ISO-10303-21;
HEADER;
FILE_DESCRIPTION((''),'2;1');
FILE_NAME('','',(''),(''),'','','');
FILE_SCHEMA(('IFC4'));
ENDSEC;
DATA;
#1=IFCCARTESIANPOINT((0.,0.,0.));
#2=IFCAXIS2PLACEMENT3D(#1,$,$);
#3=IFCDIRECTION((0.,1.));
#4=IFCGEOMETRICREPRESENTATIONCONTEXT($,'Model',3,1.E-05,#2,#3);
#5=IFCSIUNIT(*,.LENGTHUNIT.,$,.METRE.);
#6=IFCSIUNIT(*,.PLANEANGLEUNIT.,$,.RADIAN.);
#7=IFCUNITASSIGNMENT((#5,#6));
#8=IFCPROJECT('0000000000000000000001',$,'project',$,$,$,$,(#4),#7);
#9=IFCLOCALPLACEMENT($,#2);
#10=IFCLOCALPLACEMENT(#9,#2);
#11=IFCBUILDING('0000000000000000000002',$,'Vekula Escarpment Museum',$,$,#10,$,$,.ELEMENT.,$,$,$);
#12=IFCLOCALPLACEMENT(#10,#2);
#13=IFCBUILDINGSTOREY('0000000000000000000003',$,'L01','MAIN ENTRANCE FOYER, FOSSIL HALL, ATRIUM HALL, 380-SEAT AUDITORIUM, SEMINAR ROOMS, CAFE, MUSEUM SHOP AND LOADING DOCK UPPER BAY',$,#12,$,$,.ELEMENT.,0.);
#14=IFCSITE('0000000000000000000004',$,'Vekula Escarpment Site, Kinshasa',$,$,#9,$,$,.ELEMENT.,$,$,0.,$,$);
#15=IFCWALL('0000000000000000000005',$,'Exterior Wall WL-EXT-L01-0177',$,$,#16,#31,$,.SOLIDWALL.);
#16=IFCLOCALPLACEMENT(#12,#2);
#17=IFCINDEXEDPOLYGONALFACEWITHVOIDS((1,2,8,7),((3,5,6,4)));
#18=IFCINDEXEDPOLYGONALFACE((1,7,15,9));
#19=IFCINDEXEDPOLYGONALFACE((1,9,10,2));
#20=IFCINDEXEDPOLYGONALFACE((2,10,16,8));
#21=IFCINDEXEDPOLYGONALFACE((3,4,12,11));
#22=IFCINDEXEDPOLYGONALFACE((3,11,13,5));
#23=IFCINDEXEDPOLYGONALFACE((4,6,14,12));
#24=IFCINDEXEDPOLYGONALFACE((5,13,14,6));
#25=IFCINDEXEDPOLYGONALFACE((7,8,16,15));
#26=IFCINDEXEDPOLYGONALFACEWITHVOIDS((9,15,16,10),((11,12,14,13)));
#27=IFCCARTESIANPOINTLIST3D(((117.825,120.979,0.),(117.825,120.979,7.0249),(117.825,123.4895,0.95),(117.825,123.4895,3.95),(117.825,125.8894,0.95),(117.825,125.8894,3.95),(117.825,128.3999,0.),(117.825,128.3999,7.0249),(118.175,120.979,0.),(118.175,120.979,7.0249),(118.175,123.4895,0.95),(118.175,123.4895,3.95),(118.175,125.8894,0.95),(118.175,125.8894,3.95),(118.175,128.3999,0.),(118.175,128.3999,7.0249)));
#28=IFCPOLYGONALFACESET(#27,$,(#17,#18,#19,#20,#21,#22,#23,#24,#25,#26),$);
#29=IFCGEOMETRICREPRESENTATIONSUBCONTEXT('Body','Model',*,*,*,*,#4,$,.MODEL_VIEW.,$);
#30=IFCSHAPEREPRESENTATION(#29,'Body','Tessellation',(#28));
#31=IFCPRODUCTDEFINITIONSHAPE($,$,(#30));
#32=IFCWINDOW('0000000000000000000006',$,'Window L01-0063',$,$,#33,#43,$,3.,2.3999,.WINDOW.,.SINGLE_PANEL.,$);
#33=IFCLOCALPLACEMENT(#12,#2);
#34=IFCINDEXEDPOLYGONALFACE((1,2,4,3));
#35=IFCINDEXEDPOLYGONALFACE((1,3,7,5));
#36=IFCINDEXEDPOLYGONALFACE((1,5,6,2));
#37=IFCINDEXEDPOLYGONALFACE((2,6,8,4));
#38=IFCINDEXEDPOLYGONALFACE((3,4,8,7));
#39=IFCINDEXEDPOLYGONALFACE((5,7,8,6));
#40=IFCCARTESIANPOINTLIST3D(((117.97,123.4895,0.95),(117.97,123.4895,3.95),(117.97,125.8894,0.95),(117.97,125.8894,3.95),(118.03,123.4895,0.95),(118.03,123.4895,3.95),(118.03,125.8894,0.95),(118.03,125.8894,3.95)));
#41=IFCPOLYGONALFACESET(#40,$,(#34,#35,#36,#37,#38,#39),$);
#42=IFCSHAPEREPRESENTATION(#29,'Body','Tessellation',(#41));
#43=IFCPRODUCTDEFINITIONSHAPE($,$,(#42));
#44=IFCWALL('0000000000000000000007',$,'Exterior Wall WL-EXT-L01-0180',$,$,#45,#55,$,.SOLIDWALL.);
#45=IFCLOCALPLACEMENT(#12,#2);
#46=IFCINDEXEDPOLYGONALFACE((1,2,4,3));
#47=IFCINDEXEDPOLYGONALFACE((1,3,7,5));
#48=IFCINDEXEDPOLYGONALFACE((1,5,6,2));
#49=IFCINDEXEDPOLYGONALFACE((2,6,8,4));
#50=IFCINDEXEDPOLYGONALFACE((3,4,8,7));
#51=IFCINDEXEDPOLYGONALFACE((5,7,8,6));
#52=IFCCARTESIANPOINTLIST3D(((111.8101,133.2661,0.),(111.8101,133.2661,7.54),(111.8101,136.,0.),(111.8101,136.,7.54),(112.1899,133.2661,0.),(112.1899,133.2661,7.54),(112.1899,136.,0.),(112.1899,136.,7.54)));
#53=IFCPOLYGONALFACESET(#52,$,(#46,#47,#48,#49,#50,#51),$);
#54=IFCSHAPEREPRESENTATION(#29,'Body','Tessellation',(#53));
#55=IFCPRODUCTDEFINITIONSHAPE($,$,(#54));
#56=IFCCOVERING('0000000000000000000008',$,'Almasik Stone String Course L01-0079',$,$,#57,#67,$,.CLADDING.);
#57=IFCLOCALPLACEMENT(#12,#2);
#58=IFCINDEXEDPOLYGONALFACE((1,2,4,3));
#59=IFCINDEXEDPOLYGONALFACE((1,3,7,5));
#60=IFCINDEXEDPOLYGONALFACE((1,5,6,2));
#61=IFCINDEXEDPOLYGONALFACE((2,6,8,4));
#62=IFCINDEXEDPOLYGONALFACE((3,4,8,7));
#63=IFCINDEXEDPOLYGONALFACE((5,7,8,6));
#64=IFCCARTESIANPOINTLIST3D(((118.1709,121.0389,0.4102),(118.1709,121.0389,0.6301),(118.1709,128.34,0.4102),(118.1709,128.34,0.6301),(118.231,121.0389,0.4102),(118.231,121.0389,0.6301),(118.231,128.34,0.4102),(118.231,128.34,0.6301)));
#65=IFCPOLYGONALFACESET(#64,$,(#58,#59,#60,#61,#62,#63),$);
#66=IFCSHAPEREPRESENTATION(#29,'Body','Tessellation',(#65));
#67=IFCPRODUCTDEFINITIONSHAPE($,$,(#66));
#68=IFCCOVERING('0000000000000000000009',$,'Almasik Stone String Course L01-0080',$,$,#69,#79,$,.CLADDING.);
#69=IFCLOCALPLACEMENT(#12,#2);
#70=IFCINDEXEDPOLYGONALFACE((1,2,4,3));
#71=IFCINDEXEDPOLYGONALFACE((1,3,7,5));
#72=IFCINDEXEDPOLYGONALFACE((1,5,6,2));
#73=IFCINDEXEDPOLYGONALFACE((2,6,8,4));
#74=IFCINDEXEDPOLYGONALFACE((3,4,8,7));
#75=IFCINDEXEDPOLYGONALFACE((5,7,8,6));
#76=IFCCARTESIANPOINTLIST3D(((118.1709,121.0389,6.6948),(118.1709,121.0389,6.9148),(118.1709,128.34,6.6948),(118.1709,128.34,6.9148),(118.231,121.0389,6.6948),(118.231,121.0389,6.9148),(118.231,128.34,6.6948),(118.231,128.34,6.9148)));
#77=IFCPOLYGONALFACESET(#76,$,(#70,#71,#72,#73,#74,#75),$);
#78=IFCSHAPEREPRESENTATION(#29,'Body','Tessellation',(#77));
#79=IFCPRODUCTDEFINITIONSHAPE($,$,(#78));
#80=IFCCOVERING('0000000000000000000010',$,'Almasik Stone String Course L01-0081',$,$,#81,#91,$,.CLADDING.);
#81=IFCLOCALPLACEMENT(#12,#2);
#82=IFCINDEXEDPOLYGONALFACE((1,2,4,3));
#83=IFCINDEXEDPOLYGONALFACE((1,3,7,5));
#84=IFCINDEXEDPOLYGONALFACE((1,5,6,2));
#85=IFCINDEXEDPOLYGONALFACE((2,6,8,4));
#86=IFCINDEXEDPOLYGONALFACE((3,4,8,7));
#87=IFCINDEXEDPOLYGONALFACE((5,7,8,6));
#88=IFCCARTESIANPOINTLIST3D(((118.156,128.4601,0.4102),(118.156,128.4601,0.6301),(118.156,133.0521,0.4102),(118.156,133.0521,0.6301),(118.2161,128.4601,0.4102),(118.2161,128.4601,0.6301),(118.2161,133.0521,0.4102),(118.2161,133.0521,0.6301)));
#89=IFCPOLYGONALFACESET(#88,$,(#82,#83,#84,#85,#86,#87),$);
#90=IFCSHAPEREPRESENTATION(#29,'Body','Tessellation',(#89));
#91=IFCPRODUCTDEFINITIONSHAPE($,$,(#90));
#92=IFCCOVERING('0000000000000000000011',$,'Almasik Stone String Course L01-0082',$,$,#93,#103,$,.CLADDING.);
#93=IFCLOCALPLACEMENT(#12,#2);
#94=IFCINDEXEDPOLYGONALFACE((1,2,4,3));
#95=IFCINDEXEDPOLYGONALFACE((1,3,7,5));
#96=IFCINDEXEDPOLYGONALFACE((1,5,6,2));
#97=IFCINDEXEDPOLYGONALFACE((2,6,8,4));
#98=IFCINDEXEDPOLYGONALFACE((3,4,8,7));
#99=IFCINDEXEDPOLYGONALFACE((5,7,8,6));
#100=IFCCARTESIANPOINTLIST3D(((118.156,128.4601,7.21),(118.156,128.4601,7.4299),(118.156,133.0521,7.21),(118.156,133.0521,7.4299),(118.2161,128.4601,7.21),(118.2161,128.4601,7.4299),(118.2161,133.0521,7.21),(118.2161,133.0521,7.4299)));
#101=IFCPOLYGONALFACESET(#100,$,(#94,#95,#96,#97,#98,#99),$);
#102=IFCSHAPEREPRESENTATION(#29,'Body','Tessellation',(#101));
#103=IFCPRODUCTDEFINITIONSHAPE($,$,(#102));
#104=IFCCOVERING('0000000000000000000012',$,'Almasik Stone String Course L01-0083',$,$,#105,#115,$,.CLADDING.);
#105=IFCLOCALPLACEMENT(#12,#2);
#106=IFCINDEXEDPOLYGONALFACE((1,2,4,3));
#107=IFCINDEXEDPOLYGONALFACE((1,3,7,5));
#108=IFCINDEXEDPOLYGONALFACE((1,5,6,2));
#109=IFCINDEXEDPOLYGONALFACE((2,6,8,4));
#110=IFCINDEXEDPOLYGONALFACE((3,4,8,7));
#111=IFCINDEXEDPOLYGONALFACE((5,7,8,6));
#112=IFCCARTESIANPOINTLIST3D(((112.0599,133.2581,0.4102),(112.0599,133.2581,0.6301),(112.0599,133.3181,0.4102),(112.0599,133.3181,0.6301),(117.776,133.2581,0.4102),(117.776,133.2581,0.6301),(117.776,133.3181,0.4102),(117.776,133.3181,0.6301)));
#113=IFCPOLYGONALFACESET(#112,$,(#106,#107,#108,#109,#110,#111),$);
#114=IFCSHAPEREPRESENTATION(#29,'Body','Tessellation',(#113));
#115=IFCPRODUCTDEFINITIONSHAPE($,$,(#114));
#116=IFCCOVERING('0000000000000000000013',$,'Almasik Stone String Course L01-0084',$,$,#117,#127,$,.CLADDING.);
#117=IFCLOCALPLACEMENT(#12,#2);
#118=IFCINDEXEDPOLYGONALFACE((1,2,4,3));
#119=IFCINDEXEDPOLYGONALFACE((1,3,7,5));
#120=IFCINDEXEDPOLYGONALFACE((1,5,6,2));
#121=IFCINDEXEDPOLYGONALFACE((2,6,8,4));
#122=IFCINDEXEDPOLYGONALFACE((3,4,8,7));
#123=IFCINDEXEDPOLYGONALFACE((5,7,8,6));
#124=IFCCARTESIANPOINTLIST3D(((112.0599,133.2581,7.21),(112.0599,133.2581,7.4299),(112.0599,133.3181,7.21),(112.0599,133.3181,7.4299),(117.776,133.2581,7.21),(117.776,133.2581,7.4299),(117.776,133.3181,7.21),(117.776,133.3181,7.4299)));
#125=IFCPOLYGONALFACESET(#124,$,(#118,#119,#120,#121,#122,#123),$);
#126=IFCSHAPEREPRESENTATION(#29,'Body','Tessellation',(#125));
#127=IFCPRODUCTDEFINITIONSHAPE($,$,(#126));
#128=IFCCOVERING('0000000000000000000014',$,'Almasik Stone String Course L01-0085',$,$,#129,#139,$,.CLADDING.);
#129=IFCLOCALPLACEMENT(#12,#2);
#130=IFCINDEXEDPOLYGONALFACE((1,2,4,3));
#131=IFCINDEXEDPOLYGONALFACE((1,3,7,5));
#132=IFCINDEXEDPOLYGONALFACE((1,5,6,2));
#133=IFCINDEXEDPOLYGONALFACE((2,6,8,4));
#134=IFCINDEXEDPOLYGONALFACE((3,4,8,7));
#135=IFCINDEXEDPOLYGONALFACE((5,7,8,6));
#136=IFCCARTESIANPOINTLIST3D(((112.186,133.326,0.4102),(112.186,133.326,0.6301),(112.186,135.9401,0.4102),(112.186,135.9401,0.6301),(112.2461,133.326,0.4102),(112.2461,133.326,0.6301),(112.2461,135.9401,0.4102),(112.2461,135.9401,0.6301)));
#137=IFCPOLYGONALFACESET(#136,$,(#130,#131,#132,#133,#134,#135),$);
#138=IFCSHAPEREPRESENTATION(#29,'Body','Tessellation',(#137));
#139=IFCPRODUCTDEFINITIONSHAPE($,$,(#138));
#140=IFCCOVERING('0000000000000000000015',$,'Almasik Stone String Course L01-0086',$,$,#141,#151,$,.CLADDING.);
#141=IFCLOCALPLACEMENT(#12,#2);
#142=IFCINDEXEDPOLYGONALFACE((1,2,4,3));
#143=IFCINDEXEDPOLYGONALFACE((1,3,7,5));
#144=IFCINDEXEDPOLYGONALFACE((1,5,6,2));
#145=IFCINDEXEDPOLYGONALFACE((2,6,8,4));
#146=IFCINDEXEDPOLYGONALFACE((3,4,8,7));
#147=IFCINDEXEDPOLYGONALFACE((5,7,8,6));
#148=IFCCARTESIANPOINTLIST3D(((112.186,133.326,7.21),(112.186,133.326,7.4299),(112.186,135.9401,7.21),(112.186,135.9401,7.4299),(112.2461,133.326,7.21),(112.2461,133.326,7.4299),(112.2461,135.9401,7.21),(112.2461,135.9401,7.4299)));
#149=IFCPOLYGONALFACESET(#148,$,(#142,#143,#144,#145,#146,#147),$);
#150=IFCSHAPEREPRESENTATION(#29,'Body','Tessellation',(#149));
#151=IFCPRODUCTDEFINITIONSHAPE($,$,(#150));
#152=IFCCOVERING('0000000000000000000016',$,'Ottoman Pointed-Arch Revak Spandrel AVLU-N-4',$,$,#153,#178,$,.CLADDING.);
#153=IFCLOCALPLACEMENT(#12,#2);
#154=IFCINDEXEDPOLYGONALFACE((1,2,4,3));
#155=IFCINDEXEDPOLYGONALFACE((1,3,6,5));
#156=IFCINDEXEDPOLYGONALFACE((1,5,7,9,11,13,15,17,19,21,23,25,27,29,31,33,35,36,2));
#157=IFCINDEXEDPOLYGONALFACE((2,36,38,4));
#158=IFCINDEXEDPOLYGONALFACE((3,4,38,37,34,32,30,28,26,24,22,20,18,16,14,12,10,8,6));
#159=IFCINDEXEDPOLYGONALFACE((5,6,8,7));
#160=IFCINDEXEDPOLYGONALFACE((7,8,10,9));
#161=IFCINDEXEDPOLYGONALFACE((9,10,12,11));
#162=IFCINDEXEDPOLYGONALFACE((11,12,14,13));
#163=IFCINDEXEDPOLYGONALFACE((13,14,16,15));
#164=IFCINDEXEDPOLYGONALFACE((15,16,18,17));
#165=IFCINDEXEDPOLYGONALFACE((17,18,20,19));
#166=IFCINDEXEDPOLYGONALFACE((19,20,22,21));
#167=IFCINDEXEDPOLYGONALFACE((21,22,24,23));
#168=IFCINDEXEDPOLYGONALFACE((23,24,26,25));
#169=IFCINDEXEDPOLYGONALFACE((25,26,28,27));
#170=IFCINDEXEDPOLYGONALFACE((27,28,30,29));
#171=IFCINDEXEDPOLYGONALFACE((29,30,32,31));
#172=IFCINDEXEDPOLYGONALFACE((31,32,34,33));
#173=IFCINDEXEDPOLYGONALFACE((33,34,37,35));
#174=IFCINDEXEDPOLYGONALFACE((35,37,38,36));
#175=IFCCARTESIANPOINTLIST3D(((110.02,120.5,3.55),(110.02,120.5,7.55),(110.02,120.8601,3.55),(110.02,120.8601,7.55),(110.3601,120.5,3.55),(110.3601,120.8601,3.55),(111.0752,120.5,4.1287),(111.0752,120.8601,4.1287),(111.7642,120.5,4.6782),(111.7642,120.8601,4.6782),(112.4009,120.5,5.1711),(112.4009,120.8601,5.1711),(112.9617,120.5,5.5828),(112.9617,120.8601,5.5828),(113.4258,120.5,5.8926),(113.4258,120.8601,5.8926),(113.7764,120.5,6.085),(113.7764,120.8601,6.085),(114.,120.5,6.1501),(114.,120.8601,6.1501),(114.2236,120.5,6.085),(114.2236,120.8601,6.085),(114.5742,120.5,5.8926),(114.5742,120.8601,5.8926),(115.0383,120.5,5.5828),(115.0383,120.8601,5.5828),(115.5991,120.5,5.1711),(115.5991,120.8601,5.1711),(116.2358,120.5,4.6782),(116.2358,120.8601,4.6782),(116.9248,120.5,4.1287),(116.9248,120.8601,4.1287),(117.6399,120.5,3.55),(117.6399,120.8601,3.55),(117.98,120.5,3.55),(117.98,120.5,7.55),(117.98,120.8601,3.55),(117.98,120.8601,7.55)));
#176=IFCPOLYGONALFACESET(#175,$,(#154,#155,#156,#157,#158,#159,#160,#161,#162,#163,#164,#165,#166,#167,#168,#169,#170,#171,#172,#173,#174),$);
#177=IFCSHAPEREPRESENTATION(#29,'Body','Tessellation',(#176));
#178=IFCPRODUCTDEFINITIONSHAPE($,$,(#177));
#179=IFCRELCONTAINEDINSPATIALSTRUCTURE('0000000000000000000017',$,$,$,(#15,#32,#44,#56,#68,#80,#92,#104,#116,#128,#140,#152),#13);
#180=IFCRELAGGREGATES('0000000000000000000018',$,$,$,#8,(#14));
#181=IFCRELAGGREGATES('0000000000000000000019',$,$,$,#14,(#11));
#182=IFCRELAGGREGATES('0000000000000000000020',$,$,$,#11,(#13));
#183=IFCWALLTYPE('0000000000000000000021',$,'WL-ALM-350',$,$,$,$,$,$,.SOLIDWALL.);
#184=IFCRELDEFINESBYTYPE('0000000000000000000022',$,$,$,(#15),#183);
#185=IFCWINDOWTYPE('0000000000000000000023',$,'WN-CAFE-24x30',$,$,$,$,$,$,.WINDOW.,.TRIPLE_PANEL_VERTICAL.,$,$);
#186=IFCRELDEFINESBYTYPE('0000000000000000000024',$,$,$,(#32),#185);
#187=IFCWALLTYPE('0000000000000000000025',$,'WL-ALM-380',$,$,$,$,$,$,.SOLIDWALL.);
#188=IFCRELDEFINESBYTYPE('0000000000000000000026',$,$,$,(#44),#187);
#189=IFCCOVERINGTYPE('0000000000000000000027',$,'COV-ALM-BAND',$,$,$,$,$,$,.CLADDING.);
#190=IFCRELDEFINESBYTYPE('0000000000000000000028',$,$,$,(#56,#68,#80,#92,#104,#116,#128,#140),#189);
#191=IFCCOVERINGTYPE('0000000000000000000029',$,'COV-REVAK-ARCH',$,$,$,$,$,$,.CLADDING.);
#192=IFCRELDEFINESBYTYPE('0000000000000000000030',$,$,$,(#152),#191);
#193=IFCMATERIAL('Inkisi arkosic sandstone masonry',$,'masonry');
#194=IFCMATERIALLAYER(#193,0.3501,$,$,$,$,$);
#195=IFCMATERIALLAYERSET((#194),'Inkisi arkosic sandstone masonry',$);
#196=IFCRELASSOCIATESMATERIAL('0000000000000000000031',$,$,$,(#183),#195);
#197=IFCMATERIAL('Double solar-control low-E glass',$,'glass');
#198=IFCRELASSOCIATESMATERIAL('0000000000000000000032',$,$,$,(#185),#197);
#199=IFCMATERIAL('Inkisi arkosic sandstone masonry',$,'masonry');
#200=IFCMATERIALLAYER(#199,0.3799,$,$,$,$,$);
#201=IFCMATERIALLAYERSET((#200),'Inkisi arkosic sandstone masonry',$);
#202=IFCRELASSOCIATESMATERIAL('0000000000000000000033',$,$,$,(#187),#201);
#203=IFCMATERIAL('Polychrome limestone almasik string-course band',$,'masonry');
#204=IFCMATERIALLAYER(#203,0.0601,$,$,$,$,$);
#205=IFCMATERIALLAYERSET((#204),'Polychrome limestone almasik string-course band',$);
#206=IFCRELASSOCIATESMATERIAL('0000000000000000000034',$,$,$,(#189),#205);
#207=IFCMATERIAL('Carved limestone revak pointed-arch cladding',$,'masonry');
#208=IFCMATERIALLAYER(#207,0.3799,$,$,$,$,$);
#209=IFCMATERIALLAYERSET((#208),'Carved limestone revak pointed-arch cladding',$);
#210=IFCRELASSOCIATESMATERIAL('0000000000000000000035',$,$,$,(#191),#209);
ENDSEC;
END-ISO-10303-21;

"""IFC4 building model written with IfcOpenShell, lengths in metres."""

from ifc_helpers import new_model, si_unit, direction, frame, frame_2d, origin, origin_2d, place, context, subcontext, project, spatial, polyline, rectangle, outline, extrude, material, layer, layer_set, type_object, element, fill, save


model = new_model("IFC4")

# Units and contexts
model_context = context("Model", 3, precision=1e-05, world=origin(), true_north=direction((0.0, 1.0)))
body_context = subcontext(model_context, "Body", "Model", "MODEL_VIEW")
ifc_project = project(units=[si_unit("LENGTHUNIT", "METRE"), si_unit("PLANEANGLEUNIT", "RADIAN")], contexts=[model_context])

# Site, building, storey
site_placement = place(None, origin())
site = spatial("IfcSite", under=ifc_project, at=site_placement, Name="Vekula Escarpment Site, Kinshasa", CompositionType="ELEMENT", RefElevation=0.0)
building_placement = place(site_placement, origin())
building = spatial("IfcBuilding", under=site, at=building_placement, Name="Vekula Escarpment Museum", CompositionType="ELEMENT")
storey_placement = place(building_placement, origin())
storey = spatial("IfcBuildingStorey", under=building, at=storey_placement, Name="L01", Description="MAIN ENTRANCE FOYER, FOSSIL HALL, ATRIUM HALL, 380-SEAT AUDITORIUM, SEMINAR ROOMS, CAFE, MUSEUM SHOP AND LOADING DOCK UPPER BAY", CompositionType="ELEMENT", Elevation=0.0)

# Wall, opening, window
ifc_material_1 = material(Name="Inkisi arkosic sandstone masonry", Category="masonry")
ifc_layer_1 = layer(ifc_material_1, 0.3501)
ifc_layer_set_1 = layer_set([ifc_layer_1], Name="Inkisi arkosic sandstone masonry")
wall_type_1 = type_object("IfcWallType", Name="WL-ALM-350", PredefinedType="SOLIDWALL", material=ifc_layer_set_1)
wall_1_placement = place(storey_placement, frame((118.0, 128.3999, 0.0), z_axis=(0.0, 0.0, 1.0), x_axis=(0.0, -1.0, 0.0)))
wall_1 = element("IfcWall", 1, at=wall_1_placement, inside=storey, type_object=wall_type_1, Name="Exterior Wall WL-EXT-L01-0177", PredefinedType="SOLIDWALL", context=body_context, shape_type="SweptSolid", body=[
    extrude(rectangle(XDim=7.4209, YDim=0.3501, at=frame_2d((3.7104, 0.0))), origin(), (0.0, 0.0, 1.0), 7.0249),
])
opening_1_placement = place(wall_1_placement, frame((2.5105, 0.0, 0.95)))
opening_1 = element("IfcOpeningElement", 2, at=opening_1_placement, cuts=wall_1, PredefinedType="OPENING", context=body_context, shape_type="SweptSolid", body=[
    extrude(rectangle(XDim=2.3999, YDim=3.0, at=frame_2d((1.2, 1.5))), frame((0.0, 0.1851, 0.0), z_axis=(0.0, -1.0, 0.0), x_axis=(1.0, 0.0, 0.0)), (0.0, 0.0, 1.0), 0.3701),
])
ifc_material_2 = material(Name="Double solar-control low-E glass", Category="glass")
window_type_1 = type_object("IfcWindowType", Name="WN-CAFE-24x30", PartitioningType="TRIPLE_PANEL_VERTICAL", PredefinedType="WINDOW", material=ifc_material_2)
window_1_placement = place(opening_1_placement, origin())
window_1 = element("IfcWindow", 3, at=window_1_placement, inside=storey, type_object=window_type_1, Name="Window L01-0063", OverallHeight=3.0, OverallWidth=2.3999, PartitioningType="SINGLE_PANEL", PredefinedType="WINDOW", context=body_context, shape_type="SweptSolid", body=[
    extrude(rectangle(XDim=2.3999, YDim=3.0, at=frame_2d((1.2, 1.5))), frame((0.0, 0.03, 0.0), z_axis=(0.0, -1.0, 0.0), x_axis=(1.0, 0.0, 0.0)), (0.0, 0.0, 1.0), 0.0601),
])
fill(opening_1, window_1)

# Wall
ifc_material_3 = material(Name="Inkisi arkosic sandstone masonry", Category="masonry")
ifc_layer_2 = layer(ifc_material_3, 0.3799)
ifc_layer_set_2 = layer_set([ifc_layer_2], Name="Inkisi arkosic sandstone masonry")
wall_type_2 = type_object("IfcWallType", Name="WL-ALM-380", PredefinedType="SOLIDWALL", material=ifc_layer_set_2)
wall_2_placement = place(storey_placement, frame((112.0, 136.0, 0.0), z_axis=(0.0, 0.0, 1.0), x_axis=(0.0, -1.0, 0.0)))
element("IfcWall", 4, at=wall_2_placement, inside=storey, type_object=wall_type_2, Name="Exterior Wall WL-EXT-L01-0180", PredefinedType="SOLIDWALL", context=body_context, shape_type="SweptSolid", body=[
    extrude(rectangle(XDim=2.7339, YDim=0.3799, at=frame_2d((1.3669, 0.0))), origin(), (0.0, 0.0, 1.0), 7.54),
])

# Coverings
ifc_material_4 = material(Name="Polychrome limestone almasik string-course band", Category="masonry")
ifc_layer_3 = layer(ifc_material_4, 0.0601)
ifc_layer_set_3 = layer_set([ifc_layer_3], Name="Polychrome limestone almasik string-course band")
covering_type_1 = type_object("IfcCoveringType", Name="COV-ALM-BAND", PredefinedType="CLADDING", material=ifc_layer_set_3)
for number, where, z_axis, x_axis, name in (
    (5, (118.2009, 124.6895, 0.4102), (0.0, 0.0, 1.0), (0.0, 1.0, 0.0), "Almasik Stone String Course L01-0079"),
    (6, (118.2009, 124.6895, 6.6948), (0.0, 0.0, 1.0), (0.0, 1.0, 0.0), "Almasik Stone String Course L01-0080"),
):
    element("IfcCovering", number, at=place(storey_placement, frame(where, z_axis=z_axis, x_axis=x_axis)), inside=storey, type_object=covering_type_1, Name=name, PredefinedType="CLADDING", context=body_context, shape_type="SweptSolid", body=[
        extrude(rectangle(XDim=7.301, YDim=0.0601, at=origin_2d()), origin(), (0.0, 0.0, 1.0), 0.22),
    ])
for number, where, z_axis, x_axis, name in (
    (7, (118.186, 130.7561, 0.4102), (0.0, 0.0, 1.0), (0.0, 1.0, 0.0), "Almasik Stone String Course L01-0081"),
    (8, (118.186, 130.7561, 7.21), (0.0, 0.0, 1.0), (0.0, 1.0, 0.0), "Almasik Stone String Course L01-0082"),
):
    element("IfcCovering", number, at=place(storey_placement, frame(where, z_axis=z_axis, x_axis=x_axis)), inside=storey, type_object=covering_type_1, Name=name, PredefinedType="CLADDING", context=body_context, shape_type="SweptSolid", body=[
        extrude(rectangle(XDim=4.592, YDim=0.0601, at=origin_2d()), origin(), (0.0, 0.0, 1.0), 0.22),
    ])
for number, where, z_axis, x_axis, name in (
    (9, (114.918, 133.2881, 0.4102), (0.0, 0.0, 1.0), (1.0, 0.0, 0.0), "Almasik Stone String Course L01-0083"),
    (10, (114.918, 133.2881, 7.21), (0.0, 0.0, 1.0), (1.0, 0.0, 0.0), "Almasik Stone String Course L01-0084"),
):
    element("IfcCovering", number, at=place(storey_placement, frame(where, z_axis=z_axis, x_axis=x_axis)), inside=storey, type_object=covering_type_1, Name=name, PredefinedType="CLADDING", context=body_context, shape_type="SweptSolid", body=[
        extrude(rectangle(XDim=5.7161, YDim=0.0601, at=origin_2d()), origin(), (0.0, 0.0, 1.0), 0.22),
    ])
for number, where, z_axis, x_axis, name in (
    (11, (112.2161, 134.6331, 0.4102), (0.0, 0.0, 1.0), (0.0, 1.0, 0.0), "Almasik Stone String Course L01-0085"),
    (12, (112.2161, 134.6331, 7.21), (0.0, 0.0, 1.0), (0.0, 1.0, 0.0), "Almasik Stone String Course L01-0086"),
):
    element("IfcCovering", number, at=place(storey_placement, frame(where, z_axis=z_axis, x_axis=x_axis)), inside=storey, type_object=covering_type_1, Name=name, PredefinedType="CLADDING", context=body_context, shape_type="SweptSolid", body=[
        extrude(rectangle(XDim=2.614, YDim=0.0601, at=origin_2d()), origin(), (0.0, 0.0, 1.0), 0.22),
    ])
ifc_material_5 = material(Name="Carved limestone revak pointed-arch cladding", Category="masonry")
ifc_layer_4 = layer(ifc_material_5, 0.3799)
ifc_layer_set_4 = layer_set([ifc_layer_4], Name="Carved limestone revak pointed-arch cladding")
covering_type_2 = type_object("IfcCoveringType", Name="COV-REVAK-ARCH", PredefinedType="CLADDING", material=ifc_layer_set_4)
covering_placement = place(storey_placement, frame((114.0, 120.8601, 3.55), z_axis=(0.0, -1.0, 0.0), x_axis=(1.0, 0.0, 0.0)))
element("IfcCovering", 13, at=covering_placement, inside=storey, type_object=covering_type_2, Name="Ottoman Pointed-Arch Revak Spandrel AVLU-N-4", PredefinedType="CLADDING", context=body_context, shape_type="SweptSolid", body=[
    extrude(outline(polyline([(-3.98, 4.0), (3.98, 4.0), (3.98, 0.0), (3.6399, 0.0), (2.9248, 0.5786), (2.2358, 1.1282), (1.5991, 1.6211), (1.0383, 2.0327), (0.5742, 2.3425), (0.2236, 2.5349), (0.0, 2.6001), (-0.2236, 2.5349), (-0.5742, 2.3425), (-1.0383, 2.0327), (-1.5991, 1.6211), (-2.2358, 1.1282), (-2.9248, 0.5786), (-3.6399, 0.0), (-3.98, 0.0), (-3.98, 4.0)])), origin(), (0.0, 0.0, 1.0), 0.3601),
])

save(model, "model.ifc")
